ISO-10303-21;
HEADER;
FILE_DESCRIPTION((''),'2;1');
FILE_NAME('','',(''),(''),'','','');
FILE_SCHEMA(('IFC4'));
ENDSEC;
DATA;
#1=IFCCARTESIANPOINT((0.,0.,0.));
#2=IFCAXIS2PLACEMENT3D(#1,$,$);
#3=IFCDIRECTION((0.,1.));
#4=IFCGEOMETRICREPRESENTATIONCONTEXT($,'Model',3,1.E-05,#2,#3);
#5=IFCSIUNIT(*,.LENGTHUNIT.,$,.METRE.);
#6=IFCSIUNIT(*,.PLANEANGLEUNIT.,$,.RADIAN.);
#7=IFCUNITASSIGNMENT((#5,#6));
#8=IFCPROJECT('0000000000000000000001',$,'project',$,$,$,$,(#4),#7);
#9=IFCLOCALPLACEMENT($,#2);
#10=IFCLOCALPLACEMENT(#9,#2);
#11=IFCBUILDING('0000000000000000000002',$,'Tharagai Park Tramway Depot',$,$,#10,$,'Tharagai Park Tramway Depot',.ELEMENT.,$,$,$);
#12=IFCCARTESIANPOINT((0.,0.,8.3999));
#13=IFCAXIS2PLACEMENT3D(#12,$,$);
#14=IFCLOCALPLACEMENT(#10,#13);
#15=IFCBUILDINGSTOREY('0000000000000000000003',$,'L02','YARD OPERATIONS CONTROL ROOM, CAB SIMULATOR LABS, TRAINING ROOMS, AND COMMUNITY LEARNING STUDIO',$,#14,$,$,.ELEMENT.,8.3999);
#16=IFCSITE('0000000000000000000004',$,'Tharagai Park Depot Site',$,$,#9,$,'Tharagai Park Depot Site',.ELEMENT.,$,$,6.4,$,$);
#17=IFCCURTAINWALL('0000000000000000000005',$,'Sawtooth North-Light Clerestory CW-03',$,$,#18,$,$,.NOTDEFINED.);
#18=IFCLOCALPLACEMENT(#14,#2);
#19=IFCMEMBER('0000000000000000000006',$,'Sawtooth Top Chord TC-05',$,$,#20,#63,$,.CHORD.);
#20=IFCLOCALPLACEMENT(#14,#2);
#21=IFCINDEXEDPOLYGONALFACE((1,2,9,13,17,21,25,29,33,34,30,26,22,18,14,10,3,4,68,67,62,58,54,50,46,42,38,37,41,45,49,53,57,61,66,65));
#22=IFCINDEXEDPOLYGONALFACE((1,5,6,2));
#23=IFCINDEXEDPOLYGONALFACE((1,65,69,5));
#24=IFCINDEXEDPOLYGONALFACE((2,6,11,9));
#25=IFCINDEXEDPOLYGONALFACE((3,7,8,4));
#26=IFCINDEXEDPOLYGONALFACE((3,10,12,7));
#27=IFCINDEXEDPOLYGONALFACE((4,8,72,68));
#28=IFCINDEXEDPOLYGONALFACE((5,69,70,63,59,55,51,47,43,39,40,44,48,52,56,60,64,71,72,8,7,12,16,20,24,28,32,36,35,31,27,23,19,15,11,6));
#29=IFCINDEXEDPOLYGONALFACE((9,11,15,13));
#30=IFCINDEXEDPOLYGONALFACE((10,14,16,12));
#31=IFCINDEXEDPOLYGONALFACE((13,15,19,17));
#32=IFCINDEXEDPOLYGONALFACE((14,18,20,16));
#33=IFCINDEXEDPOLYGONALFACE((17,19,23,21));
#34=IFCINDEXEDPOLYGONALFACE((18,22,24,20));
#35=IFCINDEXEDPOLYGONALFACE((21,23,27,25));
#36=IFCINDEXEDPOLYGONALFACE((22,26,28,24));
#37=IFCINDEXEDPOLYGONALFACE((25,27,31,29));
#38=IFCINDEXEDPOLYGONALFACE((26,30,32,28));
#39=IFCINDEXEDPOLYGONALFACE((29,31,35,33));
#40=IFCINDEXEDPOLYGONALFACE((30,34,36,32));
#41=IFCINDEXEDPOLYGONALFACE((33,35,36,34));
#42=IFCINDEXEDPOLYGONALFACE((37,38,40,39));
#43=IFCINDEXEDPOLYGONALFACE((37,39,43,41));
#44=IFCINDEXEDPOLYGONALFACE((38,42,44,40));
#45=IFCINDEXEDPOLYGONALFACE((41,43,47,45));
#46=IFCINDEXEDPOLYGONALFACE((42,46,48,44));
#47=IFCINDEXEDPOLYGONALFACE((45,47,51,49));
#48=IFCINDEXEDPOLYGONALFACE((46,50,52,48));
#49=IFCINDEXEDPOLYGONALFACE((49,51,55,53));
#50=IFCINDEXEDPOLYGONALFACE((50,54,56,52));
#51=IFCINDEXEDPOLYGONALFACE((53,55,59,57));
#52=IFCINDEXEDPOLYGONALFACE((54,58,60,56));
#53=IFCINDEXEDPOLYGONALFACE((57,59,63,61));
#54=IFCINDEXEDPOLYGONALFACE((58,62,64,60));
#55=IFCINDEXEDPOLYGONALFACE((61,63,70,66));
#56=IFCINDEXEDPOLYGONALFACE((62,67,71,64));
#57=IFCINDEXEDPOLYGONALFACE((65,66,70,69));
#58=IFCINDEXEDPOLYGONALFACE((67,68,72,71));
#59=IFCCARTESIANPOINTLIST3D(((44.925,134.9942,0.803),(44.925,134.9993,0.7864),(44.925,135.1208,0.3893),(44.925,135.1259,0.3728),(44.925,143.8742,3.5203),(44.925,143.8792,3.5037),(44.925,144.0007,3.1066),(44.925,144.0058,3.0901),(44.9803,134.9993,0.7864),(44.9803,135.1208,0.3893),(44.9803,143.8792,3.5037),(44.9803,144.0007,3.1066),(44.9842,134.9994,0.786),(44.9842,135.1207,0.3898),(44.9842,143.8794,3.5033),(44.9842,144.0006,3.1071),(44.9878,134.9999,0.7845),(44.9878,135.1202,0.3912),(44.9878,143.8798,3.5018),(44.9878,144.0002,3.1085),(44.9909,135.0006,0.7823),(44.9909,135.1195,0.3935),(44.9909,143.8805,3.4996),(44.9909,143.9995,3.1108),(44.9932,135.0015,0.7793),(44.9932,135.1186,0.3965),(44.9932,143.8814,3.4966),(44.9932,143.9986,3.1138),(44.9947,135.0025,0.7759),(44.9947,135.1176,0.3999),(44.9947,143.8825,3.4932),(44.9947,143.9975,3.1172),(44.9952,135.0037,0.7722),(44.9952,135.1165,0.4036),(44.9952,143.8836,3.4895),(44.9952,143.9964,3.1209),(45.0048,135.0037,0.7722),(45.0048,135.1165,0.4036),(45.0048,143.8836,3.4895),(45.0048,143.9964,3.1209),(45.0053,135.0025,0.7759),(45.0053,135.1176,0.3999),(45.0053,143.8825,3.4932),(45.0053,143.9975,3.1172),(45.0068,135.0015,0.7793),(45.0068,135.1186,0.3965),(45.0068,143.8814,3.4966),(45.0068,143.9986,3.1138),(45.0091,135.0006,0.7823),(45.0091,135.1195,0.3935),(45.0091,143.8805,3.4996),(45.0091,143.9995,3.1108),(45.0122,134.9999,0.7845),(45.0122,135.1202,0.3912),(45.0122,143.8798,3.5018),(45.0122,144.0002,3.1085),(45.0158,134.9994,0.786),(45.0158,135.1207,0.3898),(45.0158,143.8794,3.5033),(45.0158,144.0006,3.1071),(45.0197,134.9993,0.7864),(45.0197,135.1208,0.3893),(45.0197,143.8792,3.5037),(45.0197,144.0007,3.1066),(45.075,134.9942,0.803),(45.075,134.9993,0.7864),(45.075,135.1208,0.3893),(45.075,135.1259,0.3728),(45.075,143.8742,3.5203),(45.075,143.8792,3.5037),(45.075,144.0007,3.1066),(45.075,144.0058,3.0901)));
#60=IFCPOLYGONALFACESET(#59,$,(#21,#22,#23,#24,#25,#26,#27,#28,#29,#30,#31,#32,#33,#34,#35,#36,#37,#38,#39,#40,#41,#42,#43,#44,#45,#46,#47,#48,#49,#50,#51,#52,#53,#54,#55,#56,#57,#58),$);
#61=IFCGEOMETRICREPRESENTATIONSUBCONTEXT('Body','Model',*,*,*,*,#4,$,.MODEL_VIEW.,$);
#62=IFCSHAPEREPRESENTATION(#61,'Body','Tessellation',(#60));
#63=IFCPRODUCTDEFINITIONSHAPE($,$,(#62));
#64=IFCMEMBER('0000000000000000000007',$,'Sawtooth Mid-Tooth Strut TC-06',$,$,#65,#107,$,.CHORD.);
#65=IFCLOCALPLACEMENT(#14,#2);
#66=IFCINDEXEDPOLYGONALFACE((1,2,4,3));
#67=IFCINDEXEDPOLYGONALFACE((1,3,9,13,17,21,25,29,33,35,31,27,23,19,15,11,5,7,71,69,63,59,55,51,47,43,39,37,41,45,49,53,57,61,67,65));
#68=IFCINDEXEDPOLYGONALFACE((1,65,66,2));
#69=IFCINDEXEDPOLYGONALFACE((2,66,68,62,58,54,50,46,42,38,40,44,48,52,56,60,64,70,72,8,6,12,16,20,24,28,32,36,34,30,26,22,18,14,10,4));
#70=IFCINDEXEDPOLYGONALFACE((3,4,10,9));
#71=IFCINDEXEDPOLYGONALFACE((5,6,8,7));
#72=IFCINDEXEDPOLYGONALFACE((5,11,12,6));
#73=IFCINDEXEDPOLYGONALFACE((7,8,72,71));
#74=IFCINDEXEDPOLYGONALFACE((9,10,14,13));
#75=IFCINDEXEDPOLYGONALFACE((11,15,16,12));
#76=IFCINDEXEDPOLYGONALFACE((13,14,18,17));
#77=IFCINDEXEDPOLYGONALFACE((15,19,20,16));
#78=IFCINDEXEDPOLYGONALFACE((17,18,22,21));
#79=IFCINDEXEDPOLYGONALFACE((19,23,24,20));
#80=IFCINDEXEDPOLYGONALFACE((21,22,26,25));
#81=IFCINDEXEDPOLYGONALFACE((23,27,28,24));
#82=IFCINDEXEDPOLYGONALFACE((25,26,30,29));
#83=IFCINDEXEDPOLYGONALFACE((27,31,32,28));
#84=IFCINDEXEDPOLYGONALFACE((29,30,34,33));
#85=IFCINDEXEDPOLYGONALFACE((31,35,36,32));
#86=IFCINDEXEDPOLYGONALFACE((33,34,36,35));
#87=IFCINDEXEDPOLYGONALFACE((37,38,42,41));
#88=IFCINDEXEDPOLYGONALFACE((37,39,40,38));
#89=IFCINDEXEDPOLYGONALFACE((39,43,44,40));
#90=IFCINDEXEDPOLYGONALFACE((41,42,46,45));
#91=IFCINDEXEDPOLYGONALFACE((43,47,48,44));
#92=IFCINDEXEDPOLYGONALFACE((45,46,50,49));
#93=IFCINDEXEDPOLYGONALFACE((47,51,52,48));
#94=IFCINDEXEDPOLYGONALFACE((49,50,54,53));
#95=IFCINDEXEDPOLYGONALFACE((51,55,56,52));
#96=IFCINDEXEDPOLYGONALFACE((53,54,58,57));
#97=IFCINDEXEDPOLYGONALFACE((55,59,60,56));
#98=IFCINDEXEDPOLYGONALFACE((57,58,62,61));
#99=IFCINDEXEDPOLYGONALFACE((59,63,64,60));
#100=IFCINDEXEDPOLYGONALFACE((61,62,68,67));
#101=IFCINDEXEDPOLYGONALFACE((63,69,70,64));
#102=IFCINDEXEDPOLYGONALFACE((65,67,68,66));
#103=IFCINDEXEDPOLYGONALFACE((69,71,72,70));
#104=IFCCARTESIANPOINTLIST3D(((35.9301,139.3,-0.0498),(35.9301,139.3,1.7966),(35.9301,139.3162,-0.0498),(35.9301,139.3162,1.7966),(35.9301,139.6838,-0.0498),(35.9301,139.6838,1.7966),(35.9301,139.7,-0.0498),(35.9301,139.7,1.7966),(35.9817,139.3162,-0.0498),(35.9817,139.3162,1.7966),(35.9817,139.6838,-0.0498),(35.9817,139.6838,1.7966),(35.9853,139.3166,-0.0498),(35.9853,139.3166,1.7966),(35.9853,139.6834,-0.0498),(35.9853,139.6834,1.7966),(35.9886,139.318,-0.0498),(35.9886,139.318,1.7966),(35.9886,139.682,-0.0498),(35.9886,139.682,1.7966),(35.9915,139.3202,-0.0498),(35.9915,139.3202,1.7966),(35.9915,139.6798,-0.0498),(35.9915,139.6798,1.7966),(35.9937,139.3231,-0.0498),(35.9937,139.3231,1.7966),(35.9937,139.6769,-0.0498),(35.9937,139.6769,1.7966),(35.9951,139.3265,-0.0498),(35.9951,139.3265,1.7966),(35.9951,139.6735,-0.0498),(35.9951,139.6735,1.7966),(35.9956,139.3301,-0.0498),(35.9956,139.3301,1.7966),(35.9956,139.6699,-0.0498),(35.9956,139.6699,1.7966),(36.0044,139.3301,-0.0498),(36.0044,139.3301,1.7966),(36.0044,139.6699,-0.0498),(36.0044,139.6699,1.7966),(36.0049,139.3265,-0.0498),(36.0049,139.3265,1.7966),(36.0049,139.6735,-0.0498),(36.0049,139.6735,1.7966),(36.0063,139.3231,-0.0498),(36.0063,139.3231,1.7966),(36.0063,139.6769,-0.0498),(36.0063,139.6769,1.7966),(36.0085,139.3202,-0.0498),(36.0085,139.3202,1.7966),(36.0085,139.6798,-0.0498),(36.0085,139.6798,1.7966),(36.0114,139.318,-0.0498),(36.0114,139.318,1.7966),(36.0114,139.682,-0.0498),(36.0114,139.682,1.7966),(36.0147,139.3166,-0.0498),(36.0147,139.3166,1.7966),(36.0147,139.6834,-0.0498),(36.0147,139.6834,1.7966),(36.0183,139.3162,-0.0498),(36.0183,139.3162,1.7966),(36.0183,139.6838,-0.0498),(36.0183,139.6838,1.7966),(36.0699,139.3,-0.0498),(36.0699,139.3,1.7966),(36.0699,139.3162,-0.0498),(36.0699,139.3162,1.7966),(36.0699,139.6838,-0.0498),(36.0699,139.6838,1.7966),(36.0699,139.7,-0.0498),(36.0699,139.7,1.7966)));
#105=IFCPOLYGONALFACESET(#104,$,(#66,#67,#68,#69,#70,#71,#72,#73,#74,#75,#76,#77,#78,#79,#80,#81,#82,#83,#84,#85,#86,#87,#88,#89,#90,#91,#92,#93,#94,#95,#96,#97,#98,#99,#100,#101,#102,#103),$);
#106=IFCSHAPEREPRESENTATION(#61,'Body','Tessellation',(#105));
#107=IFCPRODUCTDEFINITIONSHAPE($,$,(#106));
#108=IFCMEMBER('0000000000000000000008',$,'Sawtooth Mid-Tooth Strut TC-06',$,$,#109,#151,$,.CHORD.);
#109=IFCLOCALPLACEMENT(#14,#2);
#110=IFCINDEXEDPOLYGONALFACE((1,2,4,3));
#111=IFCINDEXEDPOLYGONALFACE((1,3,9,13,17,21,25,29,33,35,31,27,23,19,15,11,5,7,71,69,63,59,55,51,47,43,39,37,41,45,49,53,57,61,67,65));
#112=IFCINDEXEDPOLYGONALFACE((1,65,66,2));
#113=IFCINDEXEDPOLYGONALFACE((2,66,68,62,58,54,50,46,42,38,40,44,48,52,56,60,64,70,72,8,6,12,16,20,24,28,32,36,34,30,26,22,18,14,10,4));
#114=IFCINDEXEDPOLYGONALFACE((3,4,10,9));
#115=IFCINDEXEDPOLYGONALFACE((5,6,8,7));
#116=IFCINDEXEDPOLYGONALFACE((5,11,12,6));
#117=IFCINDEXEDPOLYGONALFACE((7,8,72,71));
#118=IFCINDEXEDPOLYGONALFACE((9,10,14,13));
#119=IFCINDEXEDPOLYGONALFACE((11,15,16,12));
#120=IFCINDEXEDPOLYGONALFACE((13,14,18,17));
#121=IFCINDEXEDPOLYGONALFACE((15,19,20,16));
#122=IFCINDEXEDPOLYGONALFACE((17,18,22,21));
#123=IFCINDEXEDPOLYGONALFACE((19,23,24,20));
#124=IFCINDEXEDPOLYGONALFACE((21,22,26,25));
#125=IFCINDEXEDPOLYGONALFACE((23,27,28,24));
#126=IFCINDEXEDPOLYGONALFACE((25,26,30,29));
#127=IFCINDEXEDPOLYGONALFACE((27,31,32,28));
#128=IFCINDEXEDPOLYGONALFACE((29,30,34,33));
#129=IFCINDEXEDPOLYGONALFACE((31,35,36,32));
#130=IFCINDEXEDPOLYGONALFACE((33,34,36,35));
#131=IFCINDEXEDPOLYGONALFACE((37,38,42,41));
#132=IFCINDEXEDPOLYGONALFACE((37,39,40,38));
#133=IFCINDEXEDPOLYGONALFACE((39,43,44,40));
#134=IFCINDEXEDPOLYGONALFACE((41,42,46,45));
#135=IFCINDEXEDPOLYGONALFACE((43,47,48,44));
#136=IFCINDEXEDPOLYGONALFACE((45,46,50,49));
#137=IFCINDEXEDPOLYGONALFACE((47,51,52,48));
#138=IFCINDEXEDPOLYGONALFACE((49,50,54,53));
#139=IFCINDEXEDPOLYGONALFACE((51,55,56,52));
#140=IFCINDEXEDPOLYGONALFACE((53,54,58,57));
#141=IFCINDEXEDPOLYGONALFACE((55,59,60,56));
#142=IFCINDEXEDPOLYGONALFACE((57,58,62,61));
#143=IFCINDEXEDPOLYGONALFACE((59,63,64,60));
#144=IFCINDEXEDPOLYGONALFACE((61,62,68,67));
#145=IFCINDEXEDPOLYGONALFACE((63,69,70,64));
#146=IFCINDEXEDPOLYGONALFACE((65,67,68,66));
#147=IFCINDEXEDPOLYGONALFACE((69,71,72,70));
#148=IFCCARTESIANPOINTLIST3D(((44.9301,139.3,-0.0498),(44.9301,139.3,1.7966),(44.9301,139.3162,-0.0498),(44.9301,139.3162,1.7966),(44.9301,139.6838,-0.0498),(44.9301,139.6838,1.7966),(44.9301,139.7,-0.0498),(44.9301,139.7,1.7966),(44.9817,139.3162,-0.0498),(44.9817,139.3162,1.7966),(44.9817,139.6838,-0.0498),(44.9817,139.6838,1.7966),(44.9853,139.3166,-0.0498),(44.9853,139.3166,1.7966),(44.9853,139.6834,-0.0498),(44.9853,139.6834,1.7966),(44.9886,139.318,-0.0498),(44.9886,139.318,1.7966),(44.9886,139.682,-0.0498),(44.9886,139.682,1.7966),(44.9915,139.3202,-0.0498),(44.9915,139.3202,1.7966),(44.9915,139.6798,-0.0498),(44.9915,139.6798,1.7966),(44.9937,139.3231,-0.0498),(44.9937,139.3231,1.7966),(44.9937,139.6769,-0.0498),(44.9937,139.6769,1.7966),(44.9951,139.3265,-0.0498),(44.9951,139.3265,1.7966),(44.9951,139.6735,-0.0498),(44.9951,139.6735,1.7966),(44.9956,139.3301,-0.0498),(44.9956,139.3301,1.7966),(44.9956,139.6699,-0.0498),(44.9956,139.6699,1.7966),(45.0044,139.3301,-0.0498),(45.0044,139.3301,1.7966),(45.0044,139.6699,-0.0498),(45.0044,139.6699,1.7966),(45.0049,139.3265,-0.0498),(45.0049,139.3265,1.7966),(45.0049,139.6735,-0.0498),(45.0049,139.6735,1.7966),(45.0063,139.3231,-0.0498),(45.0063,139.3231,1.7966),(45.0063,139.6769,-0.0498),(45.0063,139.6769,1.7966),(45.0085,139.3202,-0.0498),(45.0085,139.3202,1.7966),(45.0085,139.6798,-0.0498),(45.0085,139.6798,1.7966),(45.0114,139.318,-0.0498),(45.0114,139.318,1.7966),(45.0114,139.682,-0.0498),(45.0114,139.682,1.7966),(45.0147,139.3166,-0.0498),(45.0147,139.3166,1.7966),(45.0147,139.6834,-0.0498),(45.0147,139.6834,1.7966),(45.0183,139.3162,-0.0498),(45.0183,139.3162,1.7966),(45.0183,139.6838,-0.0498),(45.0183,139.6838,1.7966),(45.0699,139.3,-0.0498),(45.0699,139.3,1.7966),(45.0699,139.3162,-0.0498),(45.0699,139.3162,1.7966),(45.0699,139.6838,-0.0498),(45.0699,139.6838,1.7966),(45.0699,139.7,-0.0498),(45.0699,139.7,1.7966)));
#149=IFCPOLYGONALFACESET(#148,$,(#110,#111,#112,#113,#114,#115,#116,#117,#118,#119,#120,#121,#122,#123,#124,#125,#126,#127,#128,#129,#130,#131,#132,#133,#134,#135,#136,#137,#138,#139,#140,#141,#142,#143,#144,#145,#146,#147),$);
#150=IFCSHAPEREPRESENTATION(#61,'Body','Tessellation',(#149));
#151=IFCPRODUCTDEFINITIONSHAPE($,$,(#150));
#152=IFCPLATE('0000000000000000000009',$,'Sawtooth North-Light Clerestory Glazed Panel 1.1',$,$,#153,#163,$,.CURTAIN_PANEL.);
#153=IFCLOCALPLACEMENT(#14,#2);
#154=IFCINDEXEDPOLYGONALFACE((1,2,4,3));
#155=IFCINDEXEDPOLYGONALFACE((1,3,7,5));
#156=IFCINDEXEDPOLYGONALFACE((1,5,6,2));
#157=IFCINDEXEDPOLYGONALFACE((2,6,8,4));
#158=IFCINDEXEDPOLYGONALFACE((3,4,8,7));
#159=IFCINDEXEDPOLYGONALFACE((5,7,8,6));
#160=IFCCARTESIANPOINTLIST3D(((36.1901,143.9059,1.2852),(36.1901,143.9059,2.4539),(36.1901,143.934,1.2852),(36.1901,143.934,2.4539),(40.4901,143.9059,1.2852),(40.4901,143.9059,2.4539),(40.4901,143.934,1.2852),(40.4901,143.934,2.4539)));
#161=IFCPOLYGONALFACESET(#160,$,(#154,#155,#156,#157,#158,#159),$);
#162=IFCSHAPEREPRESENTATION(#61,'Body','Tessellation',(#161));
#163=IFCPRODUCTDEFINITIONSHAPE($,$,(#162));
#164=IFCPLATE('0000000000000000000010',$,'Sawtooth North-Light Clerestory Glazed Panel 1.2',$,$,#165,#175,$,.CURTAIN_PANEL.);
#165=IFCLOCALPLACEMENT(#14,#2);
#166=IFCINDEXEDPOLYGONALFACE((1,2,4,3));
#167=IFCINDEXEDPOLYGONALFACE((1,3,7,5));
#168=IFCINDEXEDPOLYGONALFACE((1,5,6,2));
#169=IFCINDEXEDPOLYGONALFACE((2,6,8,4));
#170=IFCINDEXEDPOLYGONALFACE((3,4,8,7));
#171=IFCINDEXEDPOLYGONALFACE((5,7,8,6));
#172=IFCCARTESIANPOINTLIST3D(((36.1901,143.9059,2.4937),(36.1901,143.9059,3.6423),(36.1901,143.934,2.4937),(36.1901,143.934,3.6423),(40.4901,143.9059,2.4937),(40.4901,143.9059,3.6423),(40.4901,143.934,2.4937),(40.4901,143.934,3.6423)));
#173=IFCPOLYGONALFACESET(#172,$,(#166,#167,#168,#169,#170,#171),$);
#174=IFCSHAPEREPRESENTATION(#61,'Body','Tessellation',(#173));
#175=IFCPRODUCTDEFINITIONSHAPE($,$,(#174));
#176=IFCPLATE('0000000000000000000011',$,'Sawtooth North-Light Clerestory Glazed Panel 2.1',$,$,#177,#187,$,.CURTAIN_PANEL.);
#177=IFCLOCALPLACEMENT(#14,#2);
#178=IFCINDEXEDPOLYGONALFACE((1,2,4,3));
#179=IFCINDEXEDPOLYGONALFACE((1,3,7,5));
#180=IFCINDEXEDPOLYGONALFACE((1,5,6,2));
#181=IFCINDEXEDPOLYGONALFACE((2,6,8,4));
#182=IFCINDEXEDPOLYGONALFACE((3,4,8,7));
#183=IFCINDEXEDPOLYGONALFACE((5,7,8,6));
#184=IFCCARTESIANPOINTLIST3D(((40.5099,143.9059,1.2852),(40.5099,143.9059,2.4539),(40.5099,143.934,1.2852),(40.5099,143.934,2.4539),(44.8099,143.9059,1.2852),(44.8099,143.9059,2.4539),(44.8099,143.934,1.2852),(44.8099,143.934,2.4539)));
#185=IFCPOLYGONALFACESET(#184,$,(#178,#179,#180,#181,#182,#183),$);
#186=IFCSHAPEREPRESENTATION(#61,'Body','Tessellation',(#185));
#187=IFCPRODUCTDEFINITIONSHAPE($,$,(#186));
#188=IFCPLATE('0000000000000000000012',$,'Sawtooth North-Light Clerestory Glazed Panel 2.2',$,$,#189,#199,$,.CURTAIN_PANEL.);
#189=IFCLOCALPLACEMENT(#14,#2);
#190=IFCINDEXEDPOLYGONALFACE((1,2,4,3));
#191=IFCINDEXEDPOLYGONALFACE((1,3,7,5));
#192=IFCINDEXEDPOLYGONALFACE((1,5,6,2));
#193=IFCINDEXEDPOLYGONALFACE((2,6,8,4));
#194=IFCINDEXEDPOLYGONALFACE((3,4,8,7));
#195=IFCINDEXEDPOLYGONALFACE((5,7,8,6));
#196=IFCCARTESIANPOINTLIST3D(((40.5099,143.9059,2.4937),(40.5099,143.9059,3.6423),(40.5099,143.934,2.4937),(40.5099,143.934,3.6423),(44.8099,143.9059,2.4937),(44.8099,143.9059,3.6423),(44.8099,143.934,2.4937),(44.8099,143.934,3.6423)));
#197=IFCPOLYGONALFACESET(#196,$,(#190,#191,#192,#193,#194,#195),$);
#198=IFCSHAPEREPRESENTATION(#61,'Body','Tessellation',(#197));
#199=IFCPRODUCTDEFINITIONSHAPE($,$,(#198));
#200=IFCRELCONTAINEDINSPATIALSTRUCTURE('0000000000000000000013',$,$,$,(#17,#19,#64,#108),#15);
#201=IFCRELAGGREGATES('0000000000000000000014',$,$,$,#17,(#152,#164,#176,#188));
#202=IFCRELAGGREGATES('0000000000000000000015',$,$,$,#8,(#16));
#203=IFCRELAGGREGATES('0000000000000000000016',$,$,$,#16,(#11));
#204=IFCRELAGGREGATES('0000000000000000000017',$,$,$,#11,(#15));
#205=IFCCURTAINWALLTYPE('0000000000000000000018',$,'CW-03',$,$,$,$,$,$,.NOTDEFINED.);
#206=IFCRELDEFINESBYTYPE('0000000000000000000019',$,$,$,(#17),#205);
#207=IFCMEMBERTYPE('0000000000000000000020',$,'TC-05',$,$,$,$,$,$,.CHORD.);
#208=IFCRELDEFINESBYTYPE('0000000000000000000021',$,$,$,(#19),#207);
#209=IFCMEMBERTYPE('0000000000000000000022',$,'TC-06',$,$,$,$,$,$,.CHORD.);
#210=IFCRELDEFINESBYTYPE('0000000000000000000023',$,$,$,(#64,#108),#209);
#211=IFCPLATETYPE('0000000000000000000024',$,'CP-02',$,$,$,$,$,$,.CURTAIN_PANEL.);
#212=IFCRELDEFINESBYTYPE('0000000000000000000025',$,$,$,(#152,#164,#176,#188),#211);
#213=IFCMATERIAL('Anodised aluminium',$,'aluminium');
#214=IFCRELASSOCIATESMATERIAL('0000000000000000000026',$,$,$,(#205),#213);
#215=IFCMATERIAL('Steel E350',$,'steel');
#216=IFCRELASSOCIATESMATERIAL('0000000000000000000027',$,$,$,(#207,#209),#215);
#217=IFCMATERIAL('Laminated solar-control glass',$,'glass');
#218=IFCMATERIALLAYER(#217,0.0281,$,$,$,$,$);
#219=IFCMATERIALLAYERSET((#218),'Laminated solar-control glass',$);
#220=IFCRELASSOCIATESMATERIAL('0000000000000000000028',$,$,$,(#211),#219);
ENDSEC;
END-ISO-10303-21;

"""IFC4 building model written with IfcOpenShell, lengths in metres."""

from ifc_helpers import new_model, si_unit, direction, frame, origin, origin_2d, place, context, subcontext, project, spatial, rectangle, i_section, extrude, material, layer, layer_set, material_profile, profile_set, type_object, element, aggregate, save


model = new_model("IFC4")

# Units and contexts
model_context = context("Model", 3, precision=1e-05, world=origin(), true_north=direction((0.0, 1.0)))
body_context = subcontext(model_context, "Body", "Model", "MODEL_VIEW")
ifc_project = project(units=[si_unit("LENGTHUNIT", "METRE"), si_unit("PLANEANGLEUNIT", "RADIAN")], contexts=[model_context])

# Site, building, storey
site_placement = place(None, origin())
site = spatial("IfcSite", under=ifc_project, at=site_placement, Name="Tharagai Park Depot Site", LongName="Tharagai Park Depot Site", CompositionType="ELEMENT", RefElevation=6.4)
building_placement = place(site_placement, origin())
building = spatial("IfcBuilding", under=site, at=building_placement, Name="Tharagai Park Tramway Depot", LongName="Tharagai Park Tramway Depot", CompositionType="ELEMENT")
storey_placement = place(building_placement, frame((0.0, 0.0, 8.3999)))
storey = spatial("IfcBuildingStorey", under=building, at=storey_placement, Name="L02", Description="YARD OPERATIONS CONTROL ROOM, CAB SIMULATOR LABS, TRAINING ROOMS, AND COMMUNITY LEARNING STUDIO", CompositionType="ELEMENT", Elevation=8.3999)

# Shared definitions
ifc_material_1 = material(Name="Steel E350", Category="steel")

# Curtain wall
ifc_material_2 = material(Name="Anodised aluminium", Category="aluminium")
curtain_wall_type = type_object("IfcCurtainWallType", Name="CW-03", PredefinedType="NOTDEFINED", material=ifc_material_2)
curtain_wall_placement = place(storey_placement, origin())
curtain_wall = element("IfcCurtainWall", 1, at=curtain_wall_placement, inside=storey, type_object=curtain_wall_type, Name="Sawtooth North-Light Clerestory CW-03", PredefinedType="NOTDEFINED")

# Members
ifc_material_profile_1 = material_profile(ifc_material_1, i_section(OverallWidth=0.1499, OverallDepth=0.45, WebThickness=0.0095, FlangeThickness=0.0173, FilletRadius=0.0149, at=origin_2d()), Name="ISMB 450")
ifc_profile_set_1 = profile_set([ifc_material_profile_1], Name="Steel E350")
member_type_1 = type_object("IfcMemberType", Name="TC-05", PredefinedType="CHORD", material=ifc_profile_set_1)
for number, where, z_axis, x_axis, name in (
    (2, (45.0, 135.0601, 0.5879), (0.0, 0.956231, 0.292611), (-1.0, 0.0, 0.0), "Sawtooth Top Chord TC-05"),
):
    element("IfcMember", number, at=place(storey_placement, frame(where, z_axis=z_axis, x_axis=x_axis)), inside=storey, type_object=member_type_1, Name=name, PredefinedType="CHORD", context=body_context, shape_type="SweptSolid", body=[
        extrude(i_section(OverallWidth=0.1499, OverallDepth=0.45, WebThickness=0.0095, FlangeThickness=0.0173, FilletRadius=0.0149, at=origin_2d()), origin(), (0.0, 0.0, 1.0), 9.2864),
    ])
ifc_material_profile_2 = material_profile(ifc_material_1, i_section(OverallWidth=0.1399, OverallDepth=0.3999, WebThickness=0.0088, FlangeThickness=0.0161, FilletRadius=0.0139, at=origin_2d()), Name="ISMB 400")
ifc_profile_set_2 = profile_set([ifc_material_profile_2], Name="Steel E350")
member_type_2 = type_object("IfcMemberType", Name="TC-06", PredefinedType="CHORD", material=ifc_profile_set_2)
for number, where, z_axis, x_axis, name in (
    (3, (36.0, 139.5, -0.0498), (0.0, 0.0, 1.0), (1.0, 0.0, 0.0), "Sawtooth Mid-Tooth Strut TC-06"),
    (4, (45.0, 139.5, -0.0498), (0.0, 0.0, 1.0), (1.0, 0.0, 0.0), "Sawtooth Mid-Tooth Strut TC-06"),
):
    element("IfcMember", number, at=place(storey_placement, frame(where, z_axis=z_axis, x_axis=x_axis)), inside=storey, type_object=member_type_2, Name=name, PredefinedType="CHORD", context=body_context, shape_type="SweptSolid", body=[
        extrude(i_section(OverallWidth=0.1399, OverallDepth=0.3999, WebThickness=0.0088, FlangeThickness=0.0161, FilletRadius=0.0139, at=origin_2d()), origin(), (0.0, 0.0, 1.0), 1.8464),
    ])

# Plates
ifc_material_3 = material(Name="Laminated solar-control glass", Category="glass")
ifc_layer_1 = layer(ifc_material_3, 0.0281)
ifc_layer_set_1 = layer_set([ifc_layer_1], Name="Laminated solar-control glass")
plate_type = type_object("IfcPlateType", Name="CP-02", PredefinedType="CURTAIN_PANEL", material=ifc_layer_set_1)
plate_1_placement = place(storey_placement, frame((38.3401, 143.9199, 1.2852), z_axis=(0.0, 0.0, 1.0), x_axis=(1.0, 0.0, 0.0)))
plate_1 = element("IfcPlate", 5, at=plate_1_placement, type_object=plate_type, Name="Sawtooth North-Light Clerestory Glazed Panel 1.1", PredefinedType="CURTAIN_PANEL", context=body_context, shape_type="SweptSolid", body=[
    extrude(rectangle(XDim=4.3, YDim=0.0281, at=origin_2d()), origin(), (0.0, 0.0, 1.0), 1.1687),
])
plate_2_placement = place(storey_placement, frame((38.3401, 143.9199, 2.4937), z_axis=(0.0, 0.0, 1.0), x_axis=(1.0, 0.0, 0.0)))
plate_2 = element("IfcPlate", 6, at=plate_2_placement, type_object=plate_type, Name="Sawtooth North-Light Clerestory Glazed Panel 1.2", PredefinedType="CURTAIN_PANEL", context=body_context, shape_type="SweptSolid", body=[
    extrude(rectangle(XDim=4.3, YDim=0.0281, at=origin_2d()), origin(), (0.0, 0.0, 1.0), 1.1487),
])
plate_3_placement = place(storey_placement, frame((42.6599, 143.9199, 1.2852), z_axis=(0.0, 0.0, 1.0), x_axis=(1.0, 0.0, 0.0)))
plate_3 = element("IfcPlate", 7, at=plate_3_placement, type_object=plate_type, Name="Sawtooth North-Light Clerestory Glazed Panel 2.1", PredefinedType="CURTAIN_PANEL", context=body_context, shape_type="SweptSolid", body=[
    extrude(rectangle(XDim=4.3, YDim=0.0281, at=origin_2d()), origin(), (0.0, 0.0, 1.0), 1.1687),
])
plate_4_placement = place(storey_placement, frame((42.6599, 143.9199, 2.4937), z_axis=(0.0, 0.0, 1.0), x_axis=(1.0, 0.0, 0.0)))
plate_4 = element("IfcPlate", 8, at=plate_4_placement, type_object=plate_type, Name="Sawtooth North-Light Clerestory Glazed Panel 2.2", PredefinedType="CURTAIN_PANEL", context=body_context, shape_type="SweptSolid", body=[
    extrude(rectangle(XDim=4.3, YDim=0.0281, at=origin_2d()), origin(), (0.0, 0.0, 1.0), 1.1487),
])
aggregate(curtain_wall, [plate_1, plate_2, plate_3, plate_4])

save(model, "model.ifc")
